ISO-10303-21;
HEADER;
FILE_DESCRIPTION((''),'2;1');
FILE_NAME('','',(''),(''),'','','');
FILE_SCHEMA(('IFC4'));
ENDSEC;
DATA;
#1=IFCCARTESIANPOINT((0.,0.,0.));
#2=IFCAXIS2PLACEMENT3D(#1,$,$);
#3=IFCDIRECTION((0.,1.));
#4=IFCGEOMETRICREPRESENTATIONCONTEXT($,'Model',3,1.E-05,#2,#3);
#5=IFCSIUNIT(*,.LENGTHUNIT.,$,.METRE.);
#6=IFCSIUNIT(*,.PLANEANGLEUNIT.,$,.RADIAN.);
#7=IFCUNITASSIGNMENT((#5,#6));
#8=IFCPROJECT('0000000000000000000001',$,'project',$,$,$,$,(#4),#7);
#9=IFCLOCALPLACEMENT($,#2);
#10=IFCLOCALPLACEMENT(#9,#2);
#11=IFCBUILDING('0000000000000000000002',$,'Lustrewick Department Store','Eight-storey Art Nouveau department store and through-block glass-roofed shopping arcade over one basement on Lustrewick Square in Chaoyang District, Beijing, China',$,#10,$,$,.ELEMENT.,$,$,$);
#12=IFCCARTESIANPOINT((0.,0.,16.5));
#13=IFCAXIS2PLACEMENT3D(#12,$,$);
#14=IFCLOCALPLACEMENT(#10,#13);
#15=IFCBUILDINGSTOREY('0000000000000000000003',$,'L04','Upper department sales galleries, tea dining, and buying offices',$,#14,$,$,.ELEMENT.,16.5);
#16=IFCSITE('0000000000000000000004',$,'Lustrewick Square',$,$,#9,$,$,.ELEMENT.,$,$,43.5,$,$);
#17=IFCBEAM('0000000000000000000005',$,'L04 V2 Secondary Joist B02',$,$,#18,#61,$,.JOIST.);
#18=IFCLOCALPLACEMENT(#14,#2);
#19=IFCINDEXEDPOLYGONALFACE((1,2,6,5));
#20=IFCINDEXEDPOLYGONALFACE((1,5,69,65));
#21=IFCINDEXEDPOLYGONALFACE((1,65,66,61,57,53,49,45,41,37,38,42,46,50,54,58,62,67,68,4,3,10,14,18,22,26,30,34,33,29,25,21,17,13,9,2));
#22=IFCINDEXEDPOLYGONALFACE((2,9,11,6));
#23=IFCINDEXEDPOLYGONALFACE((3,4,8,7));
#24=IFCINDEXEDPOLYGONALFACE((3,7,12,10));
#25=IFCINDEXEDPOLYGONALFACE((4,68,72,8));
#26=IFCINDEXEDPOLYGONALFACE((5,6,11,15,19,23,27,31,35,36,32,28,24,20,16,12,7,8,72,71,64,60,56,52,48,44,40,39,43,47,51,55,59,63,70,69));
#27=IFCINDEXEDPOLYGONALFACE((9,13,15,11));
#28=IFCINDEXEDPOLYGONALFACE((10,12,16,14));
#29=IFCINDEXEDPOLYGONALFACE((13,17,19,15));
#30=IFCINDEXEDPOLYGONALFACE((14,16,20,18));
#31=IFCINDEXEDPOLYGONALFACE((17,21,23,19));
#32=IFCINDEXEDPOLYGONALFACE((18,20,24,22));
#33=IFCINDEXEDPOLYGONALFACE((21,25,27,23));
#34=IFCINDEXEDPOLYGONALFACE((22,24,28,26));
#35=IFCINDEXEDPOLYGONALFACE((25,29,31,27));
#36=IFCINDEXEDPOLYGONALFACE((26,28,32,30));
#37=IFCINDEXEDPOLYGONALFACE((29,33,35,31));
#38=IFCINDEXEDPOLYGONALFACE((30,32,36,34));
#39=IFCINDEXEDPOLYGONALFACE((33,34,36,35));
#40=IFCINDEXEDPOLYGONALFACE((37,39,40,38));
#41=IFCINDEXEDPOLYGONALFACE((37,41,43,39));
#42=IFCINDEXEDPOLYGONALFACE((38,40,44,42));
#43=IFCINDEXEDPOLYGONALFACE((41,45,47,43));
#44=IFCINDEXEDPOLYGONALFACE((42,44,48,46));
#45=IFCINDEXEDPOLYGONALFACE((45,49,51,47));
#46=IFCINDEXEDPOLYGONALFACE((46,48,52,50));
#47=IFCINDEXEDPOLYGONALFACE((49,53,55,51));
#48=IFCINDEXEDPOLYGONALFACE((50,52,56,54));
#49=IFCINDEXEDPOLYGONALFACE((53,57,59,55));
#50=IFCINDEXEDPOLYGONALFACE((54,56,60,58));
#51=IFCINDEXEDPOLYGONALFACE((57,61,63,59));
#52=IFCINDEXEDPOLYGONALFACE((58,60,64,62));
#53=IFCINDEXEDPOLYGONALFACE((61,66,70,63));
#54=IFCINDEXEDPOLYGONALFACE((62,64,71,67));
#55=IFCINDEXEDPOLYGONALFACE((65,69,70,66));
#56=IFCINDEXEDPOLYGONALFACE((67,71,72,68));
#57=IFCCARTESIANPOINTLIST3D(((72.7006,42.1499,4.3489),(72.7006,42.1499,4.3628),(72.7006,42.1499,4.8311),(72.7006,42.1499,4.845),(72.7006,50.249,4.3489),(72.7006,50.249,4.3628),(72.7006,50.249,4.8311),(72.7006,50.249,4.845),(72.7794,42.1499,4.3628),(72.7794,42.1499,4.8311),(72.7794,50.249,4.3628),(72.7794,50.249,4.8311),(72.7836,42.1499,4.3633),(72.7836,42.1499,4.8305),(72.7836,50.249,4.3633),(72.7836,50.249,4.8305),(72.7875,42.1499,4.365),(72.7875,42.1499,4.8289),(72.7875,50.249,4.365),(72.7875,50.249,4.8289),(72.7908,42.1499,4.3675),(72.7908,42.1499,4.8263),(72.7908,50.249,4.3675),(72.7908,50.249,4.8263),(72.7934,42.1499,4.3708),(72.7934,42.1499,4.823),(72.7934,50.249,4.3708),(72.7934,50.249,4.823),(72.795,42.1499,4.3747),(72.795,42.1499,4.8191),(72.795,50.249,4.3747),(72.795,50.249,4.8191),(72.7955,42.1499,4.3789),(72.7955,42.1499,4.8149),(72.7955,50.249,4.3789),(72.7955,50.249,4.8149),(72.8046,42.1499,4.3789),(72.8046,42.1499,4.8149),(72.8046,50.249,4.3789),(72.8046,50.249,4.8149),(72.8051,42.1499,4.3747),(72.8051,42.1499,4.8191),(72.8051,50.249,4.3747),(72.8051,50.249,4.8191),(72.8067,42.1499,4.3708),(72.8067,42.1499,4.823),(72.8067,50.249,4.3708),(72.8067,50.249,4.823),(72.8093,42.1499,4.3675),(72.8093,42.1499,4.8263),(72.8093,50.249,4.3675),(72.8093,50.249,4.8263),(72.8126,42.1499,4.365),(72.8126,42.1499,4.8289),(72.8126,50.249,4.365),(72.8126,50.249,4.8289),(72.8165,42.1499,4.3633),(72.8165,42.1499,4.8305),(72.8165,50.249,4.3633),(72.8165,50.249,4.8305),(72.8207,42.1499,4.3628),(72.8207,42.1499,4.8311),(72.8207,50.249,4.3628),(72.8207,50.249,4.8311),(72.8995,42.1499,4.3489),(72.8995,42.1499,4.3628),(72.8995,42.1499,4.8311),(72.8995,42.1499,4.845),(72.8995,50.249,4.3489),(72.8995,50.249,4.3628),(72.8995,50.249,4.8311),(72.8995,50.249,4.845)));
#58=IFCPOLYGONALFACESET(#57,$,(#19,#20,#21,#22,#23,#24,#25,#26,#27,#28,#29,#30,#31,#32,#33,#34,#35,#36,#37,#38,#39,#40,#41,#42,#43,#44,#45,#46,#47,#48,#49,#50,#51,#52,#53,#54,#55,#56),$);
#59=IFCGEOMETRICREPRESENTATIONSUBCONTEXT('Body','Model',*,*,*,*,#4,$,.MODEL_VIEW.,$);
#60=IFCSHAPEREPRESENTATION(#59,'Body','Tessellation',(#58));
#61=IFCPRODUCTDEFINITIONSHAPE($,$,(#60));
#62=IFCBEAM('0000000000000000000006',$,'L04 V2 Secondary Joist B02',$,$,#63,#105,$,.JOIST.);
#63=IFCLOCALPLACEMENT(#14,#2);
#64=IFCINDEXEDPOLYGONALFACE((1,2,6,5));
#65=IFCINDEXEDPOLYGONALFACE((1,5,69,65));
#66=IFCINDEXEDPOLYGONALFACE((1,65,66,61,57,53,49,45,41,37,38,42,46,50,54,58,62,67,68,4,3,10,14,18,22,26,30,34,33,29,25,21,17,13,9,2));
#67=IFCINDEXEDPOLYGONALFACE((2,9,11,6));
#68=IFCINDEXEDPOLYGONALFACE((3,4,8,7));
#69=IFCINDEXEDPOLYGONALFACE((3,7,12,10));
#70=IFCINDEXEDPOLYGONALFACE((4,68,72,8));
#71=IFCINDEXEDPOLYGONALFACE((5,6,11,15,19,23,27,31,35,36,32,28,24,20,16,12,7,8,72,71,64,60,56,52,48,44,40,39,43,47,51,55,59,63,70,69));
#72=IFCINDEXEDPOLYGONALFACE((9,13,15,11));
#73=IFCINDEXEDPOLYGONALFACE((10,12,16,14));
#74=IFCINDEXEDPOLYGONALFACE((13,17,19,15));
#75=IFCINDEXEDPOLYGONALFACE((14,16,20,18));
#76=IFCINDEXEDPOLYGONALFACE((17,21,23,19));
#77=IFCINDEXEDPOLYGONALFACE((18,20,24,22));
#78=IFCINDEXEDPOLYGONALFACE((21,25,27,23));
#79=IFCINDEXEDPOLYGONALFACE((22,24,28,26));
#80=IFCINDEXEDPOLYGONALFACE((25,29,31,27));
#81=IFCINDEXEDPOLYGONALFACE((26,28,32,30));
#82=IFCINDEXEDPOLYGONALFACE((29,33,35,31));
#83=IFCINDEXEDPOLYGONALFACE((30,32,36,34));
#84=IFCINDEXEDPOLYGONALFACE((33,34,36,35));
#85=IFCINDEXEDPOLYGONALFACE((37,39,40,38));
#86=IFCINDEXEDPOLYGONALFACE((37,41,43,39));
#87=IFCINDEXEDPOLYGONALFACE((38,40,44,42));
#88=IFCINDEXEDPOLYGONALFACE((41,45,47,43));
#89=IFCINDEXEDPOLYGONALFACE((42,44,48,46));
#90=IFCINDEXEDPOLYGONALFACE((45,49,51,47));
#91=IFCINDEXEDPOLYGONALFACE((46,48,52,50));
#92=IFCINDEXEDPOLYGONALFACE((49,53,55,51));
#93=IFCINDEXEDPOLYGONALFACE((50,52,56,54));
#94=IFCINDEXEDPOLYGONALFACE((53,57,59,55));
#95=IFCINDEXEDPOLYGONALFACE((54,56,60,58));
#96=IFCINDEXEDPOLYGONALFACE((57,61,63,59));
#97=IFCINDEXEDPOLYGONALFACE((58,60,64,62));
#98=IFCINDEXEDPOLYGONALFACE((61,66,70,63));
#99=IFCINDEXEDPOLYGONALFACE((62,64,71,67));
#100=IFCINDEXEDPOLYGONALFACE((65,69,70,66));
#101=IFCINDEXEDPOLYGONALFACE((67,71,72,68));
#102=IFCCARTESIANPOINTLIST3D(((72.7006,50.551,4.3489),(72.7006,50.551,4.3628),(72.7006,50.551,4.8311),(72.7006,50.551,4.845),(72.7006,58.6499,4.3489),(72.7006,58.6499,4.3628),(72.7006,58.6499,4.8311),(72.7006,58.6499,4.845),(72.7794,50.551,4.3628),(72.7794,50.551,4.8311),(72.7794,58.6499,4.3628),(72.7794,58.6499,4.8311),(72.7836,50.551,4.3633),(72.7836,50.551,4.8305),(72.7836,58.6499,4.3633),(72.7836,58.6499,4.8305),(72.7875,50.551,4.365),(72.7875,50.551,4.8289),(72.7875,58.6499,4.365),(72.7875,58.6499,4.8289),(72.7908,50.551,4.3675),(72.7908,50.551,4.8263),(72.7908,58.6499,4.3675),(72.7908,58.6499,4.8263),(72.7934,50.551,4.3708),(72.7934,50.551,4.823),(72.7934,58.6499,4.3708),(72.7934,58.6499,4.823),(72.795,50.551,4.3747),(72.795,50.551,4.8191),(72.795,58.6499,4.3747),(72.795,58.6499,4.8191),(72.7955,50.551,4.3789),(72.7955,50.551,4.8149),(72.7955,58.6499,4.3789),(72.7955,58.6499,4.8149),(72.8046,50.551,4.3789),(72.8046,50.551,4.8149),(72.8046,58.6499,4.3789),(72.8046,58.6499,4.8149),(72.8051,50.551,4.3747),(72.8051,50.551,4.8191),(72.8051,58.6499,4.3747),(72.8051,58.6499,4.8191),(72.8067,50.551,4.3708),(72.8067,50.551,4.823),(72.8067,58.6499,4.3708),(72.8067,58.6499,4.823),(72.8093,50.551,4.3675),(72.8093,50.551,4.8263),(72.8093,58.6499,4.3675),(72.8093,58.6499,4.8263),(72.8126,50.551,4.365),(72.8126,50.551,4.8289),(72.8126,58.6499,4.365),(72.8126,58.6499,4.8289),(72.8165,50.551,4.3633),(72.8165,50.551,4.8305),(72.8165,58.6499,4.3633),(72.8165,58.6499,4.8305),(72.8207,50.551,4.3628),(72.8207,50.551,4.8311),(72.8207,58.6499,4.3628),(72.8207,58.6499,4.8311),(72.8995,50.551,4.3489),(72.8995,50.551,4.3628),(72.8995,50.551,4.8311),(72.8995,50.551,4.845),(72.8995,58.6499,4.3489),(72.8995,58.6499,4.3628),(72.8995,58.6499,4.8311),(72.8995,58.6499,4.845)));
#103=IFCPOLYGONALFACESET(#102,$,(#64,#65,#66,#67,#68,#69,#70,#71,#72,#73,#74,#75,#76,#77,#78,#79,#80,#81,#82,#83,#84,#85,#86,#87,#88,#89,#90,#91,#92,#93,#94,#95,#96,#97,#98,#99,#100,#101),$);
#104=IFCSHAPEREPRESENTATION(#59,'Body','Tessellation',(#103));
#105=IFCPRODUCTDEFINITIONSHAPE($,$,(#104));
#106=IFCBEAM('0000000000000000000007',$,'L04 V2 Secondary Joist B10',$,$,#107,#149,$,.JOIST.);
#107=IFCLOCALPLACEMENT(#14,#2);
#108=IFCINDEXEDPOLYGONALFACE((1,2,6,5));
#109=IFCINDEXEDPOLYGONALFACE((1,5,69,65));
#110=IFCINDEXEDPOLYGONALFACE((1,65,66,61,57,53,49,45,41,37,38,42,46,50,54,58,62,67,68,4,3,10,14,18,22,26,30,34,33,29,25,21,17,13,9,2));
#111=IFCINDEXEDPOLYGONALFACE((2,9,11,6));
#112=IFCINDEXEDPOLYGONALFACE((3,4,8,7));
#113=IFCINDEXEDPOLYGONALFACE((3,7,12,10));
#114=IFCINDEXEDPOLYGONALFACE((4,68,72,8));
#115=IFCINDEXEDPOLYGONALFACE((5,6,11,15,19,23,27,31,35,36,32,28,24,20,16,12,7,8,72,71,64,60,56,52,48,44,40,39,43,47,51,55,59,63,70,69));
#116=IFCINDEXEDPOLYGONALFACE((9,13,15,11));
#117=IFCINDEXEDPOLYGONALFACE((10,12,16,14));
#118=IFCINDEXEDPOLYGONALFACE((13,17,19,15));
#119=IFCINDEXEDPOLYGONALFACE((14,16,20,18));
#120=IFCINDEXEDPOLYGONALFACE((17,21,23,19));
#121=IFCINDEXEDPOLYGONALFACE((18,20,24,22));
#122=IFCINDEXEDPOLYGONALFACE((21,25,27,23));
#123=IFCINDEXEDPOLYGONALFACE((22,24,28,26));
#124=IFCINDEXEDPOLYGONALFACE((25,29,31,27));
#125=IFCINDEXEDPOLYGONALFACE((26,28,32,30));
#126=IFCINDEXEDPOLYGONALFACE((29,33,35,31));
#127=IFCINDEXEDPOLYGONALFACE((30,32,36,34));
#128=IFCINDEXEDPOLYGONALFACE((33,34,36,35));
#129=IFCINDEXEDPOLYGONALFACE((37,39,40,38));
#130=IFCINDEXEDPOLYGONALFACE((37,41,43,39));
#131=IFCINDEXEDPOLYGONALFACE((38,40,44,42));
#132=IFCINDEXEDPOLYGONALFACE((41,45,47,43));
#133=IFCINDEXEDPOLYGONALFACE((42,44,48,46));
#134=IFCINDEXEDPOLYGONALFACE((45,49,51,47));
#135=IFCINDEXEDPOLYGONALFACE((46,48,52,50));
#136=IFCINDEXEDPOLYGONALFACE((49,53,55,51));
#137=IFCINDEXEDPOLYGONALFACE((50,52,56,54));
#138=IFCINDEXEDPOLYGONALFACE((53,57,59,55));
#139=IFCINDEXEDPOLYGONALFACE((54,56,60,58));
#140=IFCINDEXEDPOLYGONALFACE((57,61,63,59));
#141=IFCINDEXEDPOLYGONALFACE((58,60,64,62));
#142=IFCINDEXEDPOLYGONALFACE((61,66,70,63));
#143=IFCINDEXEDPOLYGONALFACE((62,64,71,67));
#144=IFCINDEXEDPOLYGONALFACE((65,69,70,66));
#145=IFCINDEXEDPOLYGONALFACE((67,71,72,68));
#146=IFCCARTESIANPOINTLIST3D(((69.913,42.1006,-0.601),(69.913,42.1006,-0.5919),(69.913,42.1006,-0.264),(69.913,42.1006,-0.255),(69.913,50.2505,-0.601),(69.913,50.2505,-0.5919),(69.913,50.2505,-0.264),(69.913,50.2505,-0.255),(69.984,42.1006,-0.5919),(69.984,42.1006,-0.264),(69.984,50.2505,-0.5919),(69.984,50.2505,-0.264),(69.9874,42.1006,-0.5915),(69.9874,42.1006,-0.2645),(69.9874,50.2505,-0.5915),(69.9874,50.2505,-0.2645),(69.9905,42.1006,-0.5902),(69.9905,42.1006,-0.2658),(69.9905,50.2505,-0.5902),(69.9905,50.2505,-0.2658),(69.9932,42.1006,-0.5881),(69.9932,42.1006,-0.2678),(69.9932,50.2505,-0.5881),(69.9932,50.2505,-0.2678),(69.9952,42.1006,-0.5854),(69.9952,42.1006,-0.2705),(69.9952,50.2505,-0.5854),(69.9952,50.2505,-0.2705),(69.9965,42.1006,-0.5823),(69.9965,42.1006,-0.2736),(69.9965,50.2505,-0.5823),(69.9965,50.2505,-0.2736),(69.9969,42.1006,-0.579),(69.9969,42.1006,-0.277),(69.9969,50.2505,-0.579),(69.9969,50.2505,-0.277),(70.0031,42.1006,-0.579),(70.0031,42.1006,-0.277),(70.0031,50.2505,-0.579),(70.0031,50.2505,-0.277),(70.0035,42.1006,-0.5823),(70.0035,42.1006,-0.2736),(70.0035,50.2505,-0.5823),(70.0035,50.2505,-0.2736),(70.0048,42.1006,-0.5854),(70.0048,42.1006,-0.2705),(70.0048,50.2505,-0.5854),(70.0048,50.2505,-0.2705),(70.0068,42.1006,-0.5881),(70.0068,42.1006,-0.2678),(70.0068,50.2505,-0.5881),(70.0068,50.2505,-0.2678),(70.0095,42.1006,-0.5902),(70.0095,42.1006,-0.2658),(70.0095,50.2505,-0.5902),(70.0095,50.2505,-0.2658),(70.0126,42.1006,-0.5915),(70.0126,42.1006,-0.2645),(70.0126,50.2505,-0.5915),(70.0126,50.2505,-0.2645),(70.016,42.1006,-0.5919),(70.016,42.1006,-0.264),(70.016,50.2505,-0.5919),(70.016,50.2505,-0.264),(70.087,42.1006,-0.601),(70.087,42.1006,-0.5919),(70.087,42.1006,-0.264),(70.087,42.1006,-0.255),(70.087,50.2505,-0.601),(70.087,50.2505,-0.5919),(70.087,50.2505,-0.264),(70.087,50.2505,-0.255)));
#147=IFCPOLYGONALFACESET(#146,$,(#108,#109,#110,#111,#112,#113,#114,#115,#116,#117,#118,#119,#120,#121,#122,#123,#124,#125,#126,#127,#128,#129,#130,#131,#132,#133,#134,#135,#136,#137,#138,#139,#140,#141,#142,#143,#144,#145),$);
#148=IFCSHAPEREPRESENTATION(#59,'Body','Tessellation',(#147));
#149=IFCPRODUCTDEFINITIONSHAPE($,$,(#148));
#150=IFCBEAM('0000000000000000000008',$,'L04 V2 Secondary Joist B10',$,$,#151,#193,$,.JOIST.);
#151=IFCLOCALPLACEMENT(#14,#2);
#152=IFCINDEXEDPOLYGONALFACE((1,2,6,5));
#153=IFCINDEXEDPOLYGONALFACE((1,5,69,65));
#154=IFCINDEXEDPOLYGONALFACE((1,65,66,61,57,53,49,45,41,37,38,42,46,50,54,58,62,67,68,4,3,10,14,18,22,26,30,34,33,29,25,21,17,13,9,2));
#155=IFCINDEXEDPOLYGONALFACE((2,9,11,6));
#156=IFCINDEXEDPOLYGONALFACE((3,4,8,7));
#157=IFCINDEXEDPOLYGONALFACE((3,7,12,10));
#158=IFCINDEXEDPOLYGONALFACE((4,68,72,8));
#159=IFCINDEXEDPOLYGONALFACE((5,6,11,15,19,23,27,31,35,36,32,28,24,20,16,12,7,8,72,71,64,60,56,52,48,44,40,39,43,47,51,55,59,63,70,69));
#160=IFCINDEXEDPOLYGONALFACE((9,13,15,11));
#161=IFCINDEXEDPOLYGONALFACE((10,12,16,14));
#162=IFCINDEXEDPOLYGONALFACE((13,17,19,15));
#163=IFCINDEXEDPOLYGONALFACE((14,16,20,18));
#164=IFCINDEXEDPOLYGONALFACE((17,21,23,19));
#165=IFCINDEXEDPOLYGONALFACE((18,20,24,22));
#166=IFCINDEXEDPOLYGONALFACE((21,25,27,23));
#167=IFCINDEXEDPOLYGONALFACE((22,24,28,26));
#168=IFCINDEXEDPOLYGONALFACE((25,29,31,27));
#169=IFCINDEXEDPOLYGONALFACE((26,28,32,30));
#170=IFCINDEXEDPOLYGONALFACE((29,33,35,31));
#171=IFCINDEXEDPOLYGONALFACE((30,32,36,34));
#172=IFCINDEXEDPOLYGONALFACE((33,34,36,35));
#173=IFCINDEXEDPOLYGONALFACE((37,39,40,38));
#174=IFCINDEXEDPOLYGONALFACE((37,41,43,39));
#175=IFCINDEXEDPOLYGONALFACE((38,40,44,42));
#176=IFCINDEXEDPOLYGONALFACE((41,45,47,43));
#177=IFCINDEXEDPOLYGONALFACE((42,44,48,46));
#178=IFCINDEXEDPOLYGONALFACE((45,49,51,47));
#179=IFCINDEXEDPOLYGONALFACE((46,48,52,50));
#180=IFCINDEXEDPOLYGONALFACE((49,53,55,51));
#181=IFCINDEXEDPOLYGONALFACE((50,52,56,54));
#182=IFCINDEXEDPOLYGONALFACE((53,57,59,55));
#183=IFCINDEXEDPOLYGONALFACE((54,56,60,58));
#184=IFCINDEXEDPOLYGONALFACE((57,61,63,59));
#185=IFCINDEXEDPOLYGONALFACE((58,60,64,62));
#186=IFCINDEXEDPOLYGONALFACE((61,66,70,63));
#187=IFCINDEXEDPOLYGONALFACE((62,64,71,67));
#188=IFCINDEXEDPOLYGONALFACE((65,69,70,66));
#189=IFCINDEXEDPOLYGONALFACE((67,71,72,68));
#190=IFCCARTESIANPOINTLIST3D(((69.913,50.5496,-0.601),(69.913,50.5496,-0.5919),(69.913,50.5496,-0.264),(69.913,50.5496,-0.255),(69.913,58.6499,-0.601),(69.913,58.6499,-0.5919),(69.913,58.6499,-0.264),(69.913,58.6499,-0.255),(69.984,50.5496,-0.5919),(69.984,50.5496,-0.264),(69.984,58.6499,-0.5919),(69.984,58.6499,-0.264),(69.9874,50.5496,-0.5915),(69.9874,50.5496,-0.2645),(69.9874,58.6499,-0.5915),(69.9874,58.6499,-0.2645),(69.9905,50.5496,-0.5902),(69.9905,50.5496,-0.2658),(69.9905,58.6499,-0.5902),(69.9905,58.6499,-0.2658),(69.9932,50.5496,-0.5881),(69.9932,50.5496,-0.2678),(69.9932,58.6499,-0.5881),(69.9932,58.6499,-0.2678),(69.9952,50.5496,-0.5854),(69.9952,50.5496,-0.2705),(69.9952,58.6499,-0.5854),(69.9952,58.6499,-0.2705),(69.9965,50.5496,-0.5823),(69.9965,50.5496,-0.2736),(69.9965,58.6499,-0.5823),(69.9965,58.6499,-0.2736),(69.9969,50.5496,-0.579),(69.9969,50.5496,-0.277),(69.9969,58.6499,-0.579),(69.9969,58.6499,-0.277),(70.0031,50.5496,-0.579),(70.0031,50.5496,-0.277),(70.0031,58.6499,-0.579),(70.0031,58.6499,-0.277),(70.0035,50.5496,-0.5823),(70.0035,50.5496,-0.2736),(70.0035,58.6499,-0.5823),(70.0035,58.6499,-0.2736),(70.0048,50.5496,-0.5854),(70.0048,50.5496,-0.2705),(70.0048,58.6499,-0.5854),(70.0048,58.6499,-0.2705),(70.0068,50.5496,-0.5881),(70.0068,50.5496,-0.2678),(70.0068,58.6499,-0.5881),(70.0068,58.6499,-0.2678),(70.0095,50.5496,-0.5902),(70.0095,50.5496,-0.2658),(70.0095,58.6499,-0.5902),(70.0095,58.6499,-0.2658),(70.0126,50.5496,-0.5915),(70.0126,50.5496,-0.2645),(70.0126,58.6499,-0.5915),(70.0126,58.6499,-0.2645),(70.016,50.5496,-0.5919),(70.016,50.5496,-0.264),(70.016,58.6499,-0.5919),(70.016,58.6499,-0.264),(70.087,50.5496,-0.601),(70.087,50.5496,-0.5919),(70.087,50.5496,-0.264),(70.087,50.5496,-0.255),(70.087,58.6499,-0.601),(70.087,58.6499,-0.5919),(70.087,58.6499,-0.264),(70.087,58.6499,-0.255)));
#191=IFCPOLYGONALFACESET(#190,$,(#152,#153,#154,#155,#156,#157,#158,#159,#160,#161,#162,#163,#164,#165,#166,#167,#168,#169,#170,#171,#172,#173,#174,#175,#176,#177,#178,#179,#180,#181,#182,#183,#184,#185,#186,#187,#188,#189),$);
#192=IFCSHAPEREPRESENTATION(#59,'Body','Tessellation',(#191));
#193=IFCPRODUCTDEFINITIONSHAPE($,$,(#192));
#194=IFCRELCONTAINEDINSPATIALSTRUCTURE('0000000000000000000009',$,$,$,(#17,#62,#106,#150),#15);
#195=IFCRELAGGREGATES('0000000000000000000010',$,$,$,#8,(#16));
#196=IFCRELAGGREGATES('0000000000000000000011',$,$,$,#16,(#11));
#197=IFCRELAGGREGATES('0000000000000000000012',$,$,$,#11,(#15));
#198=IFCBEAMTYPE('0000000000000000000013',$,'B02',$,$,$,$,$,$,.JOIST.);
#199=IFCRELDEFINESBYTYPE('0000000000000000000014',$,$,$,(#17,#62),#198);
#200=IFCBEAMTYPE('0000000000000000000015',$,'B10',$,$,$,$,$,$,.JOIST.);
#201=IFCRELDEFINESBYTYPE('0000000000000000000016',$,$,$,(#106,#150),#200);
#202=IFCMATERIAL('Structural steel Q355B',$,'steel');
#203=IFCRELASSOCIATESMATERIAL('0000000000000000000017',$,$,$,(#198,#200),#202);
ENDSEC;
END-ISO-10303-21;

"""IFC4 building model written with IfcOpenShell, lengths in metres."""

from ifc_helpers import new_model, si_unit, direction, frame, origin, origin_2d, place, context, subcontext, project, spatial, i_section, extrude, material, material_profile, profile_set, type_object, element, save


model = new_model("IFC4")

# Units and contexts
model_context = context("Model", 3, precision=1e-05, world=origin(), true_north=direction((0.0, 1.0)))
body_context = subcontext(model_context, "Body", "Model", "MODEL_VIEW")
ifc_project = project(units=[si_unit("LENGTHUNIT", "METRE"), si_unit("PLANEANGLEUNIT", "RADIAN")], contexts=[model_context])

# Site, building, storey
site_placement = place(None, origin())
site = spatial("IfcSite", under=ifc_project, at=site_placement, Name="Lustrewick Square", CompositionType="ELEMENT", RefElevation=43.5)
building_placement = place(site_placement, origin())
building = spatial("IfcBuilding", under=site, at=building_placement, Name="Lustrewick Department Store", Description="Eight-storey Art Nouveau department store and through-block glass-roofed shopping arcade over one basement on Lustrewick Square in Chaoyang District, Beijing, China", CompositionType="ELEMENT")
storey_placement = place(building_placement, frame((0.0, 0.0, 16.5)))
storey = spatial("IfcBuildingStorey", under=building, at=storey_placement, Name="L04", Description="Upper department sales galleries, tea dining, and buying offices", CompositionType="ELEMENT", Elevation=16.5)

# Shared definitions
ifc_material_1 = material(Name="Structural steel Q355B", Category="steel")

# Beams
ifc_material_profile_1 = material_profile(ifc_material_1, i_section(OverallWidth=0.199, OverallDepth=0.4961, WebThickness=0.009, FlangeThickness=0.0139, FilletRadius=0.0161, at=origin_2d()), Name="HN 496x199x9x14")
ifc_profile_set_1 = profile_set([ifc_material_profile_1], Name="Structural steel Q355B")
beam_type_1 = type_object("IfcBeamType", Name="B02", PredefinedType="JOIST", material=ifc_profile_set_1)
beam_1_placement = place(storey_placement, frame((72.8, 42.1499, 4.5969), z_axis=(0.0, 1.0, 0.0), x_axis=(-1.0, 0.0, 0.0)))
element("IfcBeam", 1, at=beam_1_placement, inside=storey, type_object=beam_type_1, Name="L04 V2 Secondary Joist B02", PredefinedType="JOIST", context=body_context, shape_type="SweptSolid", body=[
    extrude(i_section(OverallWidth=0.199, OverallDepth=0.4961, WebThickness=0.009, FlangeThickness=0.0139, FilletRadius=0.0161, at=origin_2d()), origin(), (0.0, 0.0, 1.0), 8.0991),
])
beam_2_placement = place(storey_placement, frame((72.8, 50.551, 4.5969), z_axis=(0.0, 1.0, 0.0), x_axis=(-1.0, 0.0, 0.0)))
element("IfcBeam", 2, at=beam_2_placement, inside=storey, type_object=beam_type_1, Name="L04 V2 Secondary Joist B02", PredefinedType="JOIST", context=body_context, shape_type="SweptSolid", body=[
    extrude(i_section(OverallWidth=0.199, OverallDepth=0.4961, WebThickness=0.009, FlangeThickness=0.0139, FilletRadius=0.0161, at=origin_2d()), origin(), (0.0, 0.0, 1.0), 8.0989),
])
ifc_material_profile_2 = material_profile(ifc_material_1, i_section(OverallWidth=0.1741, OverallDepth=0.3459, WebThickness=0.0061, FlangeThickness=0.009, FilletRadius=0.0129, at=origin_2d()), Name="HN 346x174x6x9")
ifc_profile_set_2 = profile_set([ifc_material_profile_2], Name="Structural steel Q355B")
beam_type_2 = type_object("IfcBeamType", Name="B10", PredefinedType="JOIST", material=ifc_profile_set_2)
beam_3_placement = place(storey_placement, frame((70.0, 42.1006, -0.428), z_axis=(0.0, 1.0, 0.0), x_axis=(-1.0, 0.0, 0.0)))
element("IfcBeam", 3, at=beam_3_placement, inside=storey, type_object=beam_type_2, Name="L04 V2 Secondary Joist B10", PredefinedType="JOIST", context=body_context, shape_type="SweptSolid", body=[
    extrude(i_section(OverallWidth=0.1741, OverallDepth=0.3459, WebThickness=0.0061, FlangeThickness=0.009, FilletRadius=0.0129, at=origin_2d()), origin(), (0.0, 0.0, 1.0), 8.1499),
])
beam_4_placement = place(storey_placement, frame((70.0, 50.5496, -0.428), z_axis=(0.0, 1.0, 0.0), x_axis=(-1.0, 0.0, 0.0)))
element("IfcBeam", 4, at=beam_4_placement, inside=storey, type_object=beam_type_2, Name="L04 V2 Secondary Joist B10", PredefinedType="JOIST", context=body_context, shape_type="SweptSolid", body=[
    extrude(i_section(OverallWidth=0.1741, OverallDepth=0.3459, WebThickness=0.0061, FlangeThickness=0.009, FilletRadius=0.0129, at=origin_2d()), origin(), (0.0, 0.0, 1.0), 8.1003),
])

save(model, "model.ifc")
